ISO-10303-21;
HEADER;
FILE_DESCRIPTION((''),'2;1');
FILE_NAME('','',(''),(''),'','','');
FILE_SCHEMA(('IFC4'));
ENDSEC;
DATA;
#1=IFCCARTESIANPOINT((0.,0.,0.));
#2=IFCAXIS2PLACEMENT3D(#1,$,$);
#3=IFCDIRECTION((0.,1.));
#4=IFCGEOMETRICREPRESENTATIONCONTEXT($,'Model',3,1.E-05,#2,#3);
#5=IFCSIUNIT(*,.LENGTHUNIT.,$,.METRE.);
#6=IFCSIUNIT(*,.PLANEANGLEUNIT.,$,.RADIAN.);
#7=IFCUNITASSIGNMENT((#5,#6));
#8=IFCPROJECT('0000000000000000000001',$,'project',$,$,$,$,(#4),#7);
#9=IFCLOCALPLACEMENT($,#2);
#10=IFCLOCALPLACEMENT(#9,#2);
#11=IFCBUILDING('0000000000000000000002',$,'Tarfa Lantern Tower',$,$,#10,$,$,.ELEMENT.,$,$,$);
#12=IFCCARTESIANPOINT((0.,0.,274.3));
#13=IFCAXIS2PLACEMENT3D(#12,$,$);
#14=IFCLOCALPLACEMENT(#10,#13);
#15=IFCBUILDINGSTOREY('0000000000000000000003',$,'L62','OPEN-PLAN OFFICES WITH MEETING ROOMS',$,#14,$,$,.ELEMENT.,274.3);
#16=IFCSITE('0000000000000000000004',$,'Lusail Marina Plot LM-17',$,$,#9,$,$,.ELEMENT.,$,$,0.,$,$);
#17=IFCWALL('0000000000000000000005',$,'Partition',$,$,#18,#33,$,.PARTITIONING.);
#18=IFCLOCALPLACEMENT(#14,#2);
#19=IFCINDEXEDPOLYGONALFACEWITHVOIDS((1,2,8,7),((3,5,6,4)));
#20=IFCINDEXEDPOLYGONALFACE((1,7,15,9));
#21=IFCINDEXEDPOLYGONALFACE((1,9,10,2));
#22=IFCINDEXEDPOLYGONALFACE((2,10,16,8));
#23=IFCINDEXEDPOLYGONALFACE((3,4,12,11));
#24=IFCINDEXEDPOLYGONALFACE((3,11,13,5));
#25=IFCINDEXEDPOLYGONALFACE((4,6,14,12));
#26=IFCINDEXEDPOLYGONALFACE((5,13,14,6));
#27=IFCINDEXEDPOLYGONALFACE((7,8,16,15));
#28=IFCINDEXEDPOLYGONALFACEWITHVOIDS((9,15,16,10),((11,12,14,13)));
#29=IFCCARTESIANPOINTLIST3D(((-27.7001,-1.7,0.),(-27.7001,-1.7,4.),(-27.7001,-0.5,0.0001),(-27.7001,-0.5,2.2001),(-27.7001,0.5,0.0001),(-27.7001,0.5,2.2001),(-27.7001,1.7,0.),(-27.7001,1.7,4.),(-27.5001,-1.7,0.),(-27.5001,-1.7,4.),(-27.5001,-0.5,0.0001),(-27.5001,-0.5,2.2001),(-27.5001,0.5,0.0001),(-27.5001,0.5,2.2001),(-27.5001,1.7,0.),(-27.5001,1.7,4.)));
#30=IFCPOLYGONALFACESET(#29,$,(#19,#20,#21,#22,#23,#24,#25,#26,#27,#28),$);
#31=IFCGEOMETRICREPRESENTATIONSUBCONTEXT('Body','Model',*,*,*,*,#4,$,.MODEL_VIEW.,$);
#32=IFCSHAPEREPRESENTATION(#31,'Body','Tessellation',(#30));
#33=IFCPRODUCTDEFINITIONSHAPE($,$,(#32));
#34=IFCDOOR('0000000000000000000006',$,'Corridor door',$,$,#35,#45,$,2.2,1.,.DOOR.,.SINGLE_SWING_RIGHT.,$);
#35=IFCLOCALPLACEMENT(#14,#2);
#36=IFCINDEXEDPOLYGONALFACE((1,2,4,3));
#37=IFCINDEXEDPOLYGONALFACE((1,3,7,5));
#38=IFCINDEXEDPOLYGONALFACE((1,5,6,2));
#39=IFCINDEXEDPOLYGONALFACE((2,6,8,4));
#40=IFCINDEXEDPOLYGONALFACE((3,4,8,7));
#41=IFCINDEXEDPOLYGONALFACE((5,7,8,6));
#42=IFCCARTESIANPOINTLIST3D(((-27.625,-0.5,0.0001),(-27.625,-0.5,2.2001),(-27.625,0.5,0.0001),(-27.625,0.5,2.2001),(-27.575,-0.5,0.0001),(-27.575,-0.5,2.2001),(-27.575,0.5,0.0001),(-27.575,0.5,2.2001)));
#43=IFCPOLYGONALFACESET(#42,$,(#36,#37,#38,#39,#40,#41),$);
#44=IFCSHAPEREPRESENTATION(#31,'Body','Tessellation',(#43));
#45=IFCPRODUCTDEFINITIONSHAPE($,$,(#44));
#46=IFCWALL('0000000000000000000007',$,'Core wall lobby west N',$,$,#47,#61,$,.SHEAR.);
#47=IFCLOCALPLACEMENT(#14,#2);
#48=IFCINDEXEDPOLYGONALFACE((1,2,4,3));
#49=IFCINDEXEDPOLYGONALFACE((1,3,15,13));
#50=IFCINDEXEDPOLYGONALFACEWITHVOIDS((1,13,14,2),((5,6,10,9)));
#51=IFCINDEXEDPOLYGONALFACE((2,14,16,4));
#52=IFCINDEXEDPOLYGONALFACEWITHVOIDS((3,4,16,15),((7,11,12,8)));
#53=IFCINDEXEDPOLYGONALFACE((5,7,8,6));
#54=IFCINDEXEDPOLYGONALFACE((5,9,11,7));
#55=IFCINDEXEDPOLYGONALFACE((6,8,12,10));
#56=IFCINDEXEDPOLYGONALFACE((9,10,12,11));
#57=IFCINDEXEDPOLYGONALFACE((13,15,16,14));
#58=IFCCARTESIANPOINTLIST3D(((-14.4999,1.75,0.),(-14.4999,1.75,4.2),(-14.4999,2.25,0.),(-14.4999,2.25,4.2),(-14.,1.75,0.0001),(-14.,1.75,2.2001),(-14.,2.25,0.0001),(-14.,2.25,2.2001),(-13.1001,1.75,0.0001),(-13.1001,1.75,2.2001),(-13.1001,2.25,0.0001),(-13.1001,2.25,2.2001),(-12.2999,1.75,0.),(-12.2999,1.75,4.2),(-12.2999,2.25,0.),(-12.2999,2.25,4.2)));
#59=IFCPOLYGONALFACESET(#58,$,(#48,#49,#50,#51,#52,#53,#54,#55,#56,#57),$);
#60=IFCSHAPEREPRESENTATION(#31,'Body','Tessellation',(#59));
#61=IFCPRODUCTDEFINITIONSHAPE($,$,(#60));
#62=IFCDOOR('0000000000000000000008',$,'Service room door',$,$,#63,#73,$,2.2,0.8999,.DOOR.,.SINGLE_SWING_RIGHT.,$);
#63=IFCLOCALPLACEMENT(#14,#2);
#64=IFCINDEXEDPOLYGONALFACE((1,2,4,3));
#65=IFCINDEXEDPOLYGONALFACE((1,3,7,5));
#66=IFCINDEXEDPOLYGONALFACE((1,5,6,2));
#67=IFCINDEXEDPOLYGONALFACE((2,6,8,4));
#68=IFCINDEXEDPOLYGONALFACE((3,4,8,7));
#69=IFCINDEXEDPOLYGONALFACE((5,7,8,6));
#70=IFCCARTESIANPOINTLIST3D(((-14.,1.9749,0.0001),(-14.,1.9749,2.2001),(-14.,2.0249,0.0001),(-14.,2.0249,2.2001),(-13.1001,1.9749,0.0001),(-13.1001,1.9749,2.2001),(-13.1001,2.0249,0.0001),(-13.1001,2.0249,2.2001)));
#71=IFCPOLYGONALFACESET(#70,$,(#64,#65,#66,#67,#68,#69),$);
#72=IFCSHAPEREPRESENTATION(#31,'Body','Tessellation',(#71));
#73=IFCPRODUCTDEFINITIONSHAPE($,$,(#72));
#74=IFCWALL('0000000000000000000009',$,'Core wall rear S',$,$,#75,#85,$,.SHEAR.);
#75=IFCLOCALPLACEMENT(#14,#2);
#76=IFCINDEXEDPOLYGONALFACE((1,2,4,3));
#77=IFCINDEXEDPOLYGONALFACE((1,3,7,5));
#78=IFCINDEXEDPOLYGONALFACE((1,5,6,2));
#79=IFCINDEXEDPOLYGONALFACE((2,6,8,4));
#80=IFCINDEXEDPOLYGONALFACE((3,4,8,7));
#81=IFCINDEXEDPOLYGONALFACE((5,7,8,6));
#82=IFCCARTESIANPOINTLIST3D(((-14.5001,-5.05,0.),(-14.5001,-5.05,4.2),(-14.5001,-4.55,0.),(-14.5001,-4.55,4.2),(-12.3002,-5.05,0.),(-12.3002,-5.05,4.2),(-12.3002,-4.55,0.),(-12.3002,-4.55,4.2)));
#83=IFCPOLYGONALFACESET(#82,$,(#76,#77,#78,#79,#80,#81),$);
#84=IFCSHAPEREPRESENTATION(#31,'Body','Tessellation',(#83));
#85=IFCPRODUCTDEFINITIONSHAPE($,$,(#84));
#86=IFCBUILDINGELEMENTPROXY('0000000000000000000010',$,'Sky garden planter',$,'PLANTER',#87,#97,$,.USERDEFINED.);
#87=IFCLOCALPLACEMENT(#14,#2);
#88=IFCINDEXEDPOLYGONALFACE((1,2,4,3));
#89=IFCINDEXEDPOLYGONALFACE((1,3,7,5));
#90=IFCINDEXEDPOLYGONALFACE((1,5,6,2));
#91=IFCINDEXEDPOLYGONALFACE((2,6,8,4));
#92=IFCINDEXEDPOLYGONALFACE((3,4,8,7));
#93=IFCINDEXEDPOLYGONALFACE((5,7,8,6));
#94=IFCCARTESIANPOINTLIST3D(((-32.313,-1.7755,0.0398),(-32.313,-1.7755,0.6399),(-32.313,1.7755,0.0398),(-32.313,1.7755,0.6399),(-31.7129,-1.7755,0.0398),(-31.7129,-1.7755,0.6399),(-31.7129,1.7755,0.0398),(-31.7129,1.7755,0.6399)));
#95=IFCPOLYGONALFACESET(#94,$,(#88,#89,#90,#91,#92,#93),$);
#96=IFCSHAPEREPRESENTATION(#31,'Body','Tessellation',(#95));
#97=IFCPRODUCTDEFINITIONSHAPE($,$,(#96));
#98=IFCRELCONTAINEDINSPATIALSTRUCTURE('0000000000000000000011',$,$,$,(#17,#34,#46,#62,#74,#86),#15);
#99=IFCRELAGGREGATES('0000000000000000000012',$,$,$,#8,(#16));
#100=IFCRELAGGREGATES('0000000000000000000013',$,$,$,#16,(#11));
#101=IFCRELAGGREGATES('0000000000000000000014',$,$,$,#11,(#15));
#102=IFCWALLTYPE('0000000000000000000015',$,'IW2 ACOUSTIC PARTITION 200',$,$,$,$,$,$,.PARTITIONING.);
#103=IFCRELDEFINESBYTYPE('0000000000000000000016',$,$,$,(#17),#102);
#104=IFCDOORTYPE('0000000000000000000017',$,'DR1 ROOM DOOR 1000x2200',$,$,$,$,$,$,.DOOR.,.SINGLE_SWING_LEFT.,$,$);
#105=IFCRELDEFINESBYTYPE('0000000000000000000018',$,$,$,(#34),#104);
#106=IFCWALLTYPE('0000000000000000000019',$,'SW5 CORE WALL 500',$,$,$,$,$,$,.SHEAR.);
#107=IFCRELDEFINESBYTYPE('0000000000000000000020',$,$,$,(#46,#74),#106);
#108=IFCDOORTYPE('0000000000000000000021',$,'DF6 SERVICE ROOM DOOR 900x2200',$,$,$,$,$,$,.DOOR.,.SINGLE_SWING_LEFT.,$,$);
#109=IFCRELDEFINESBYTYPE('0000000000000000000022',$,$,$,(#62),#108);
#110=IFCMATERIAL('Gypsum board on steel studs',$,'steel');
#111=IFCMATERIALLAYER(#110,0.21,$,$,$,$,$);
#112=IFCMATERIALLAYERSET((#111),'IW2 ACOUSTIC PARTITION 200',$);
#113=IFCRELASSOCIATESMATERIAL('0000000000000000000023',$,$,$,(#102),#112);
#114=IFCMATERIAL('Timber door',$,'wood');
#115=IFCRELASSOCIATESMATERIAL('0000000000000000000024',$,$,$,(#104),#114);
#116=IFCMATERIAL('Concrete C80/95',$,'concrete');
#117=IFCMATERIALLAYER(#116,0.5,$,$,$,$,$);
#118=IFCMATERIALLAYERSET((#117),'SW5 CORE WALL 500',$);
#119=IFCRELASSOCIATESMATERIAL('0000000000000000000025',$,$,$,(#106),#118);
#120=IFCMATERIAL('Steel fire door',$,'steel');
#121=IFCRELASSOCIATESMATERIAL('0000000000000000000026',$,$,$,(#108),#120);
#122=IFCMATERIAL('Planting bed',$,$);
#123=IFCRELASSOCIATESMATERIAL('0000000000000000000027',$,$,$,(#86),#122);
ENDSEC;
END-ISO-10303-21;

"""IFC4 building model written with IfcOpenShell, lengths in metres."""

from ifc_helpers import new_model, si_unit, direction, frame, frame_2d, origin, origin_2d, place, context, subcontext, project, spatial, rectangle, extrude, material, layer, layer_set, type_object, element, fill, save


model = new_model("IFC4")

# Units and contexts
model_context = context("Model", 3, precision=1e-05, world=origin(), true_north=direction((0.0, 1.0)))
body_context = subcontext(model_context, "Body", "Model", "MODEL_VIEW")
ifc_project = project(units=[si_unit("LENGTHUNIT", "METRE"), si_unit("PLANEANGLEUNIT", "RADIAN")], contexts=[model_context])

# Site, building, storey
site_placement = place(None, origin())
site = spatial("IfcSite", under=ifc_project, at=site_placement, Name="Lusail Marina Plot LM-17", CompositionType="ELEMENT", RefElevation=0.0)
building_placement = place(site_placement, origin())
building = spatial("IfcBuilding", under=site, at=building_placement, Name="Tarfa Lantern Tower", CompositionType="ELEMENT")
storey_placement = place(building_placement, frame((0.0, 0.0, 274.3)))
storey = spatial("IfcBuildingStorey", under=building, at=storey_placement, Name="L62", Description="OPEN-PLAN OFFICES WITH MEETING ROOMS", CompositionType="ELEMENT", Elevation=274.3)

# Shared definitions
ifc_material_1 = material(Name="Concrete C80/95", Category="concrete")

# Walls, openings, doors
ifc_material_2 = material(Name="Gypsum board on steel studs", Category="steel")
ifc_layer_1 = layer(ifc_material_2, 0.21)
ifc_layer_set_1 = layer_set([ifc_layer_1], Name="IW2 ACOUSTIC PARTITION 200")
wall_type_1 = type_object("IfcWallType", Name="IW2 ACOUSTIC PARTITION 200", PredefinedType="PARTITIONING", material=ifc_layer_set_1)
ifc_material_3 = material(Name="Timber door", Category="wood")
door_type_1 = type_object("IfcDoorType", Name="DR1 ROOM DOOR 1000x2200", OperationType="SINGLE_SWING_LEFT", PredefinedType="DOOR", material=ifc_material_3)
wall_1_placement = place(storey_placement, frame((-27.6001, -1.7, 0.0), z_axis=(0.0, 0.0, 1.0), x_axis=(0.0, 1.0, 0.0)))
wall_1 = element("IfcWall", 1, at=wall_1_placement, inside=storey, type_object=wall_type_1, Name="Partition", PredefinedType="PARTITIONING", context=body_context, shape_type="SweptSolid", body=[
    extrude(rectangle(XDim=3.3999, YDim=0.2, at=frame_2d((1.7, 0.0))), origin(), (0.0, 0.0, 1.0), 4.0),
])
opening_1_placement = place(wall_1_placement, frame((1.2, 0.0, 0.0)))
opening_1 = element("IfcOpeningElement", 2, at=opening_1_placement, cuts=wall_1, PredefinedType="OPENING", context=body_context, shape_type="SweptSolid", body=[
    extrude(rectangle(XDim=1.0, YDim=2.2, at=frame_2d((0.5, 1.1001))), frame((0.0, 0.1099, 0.0), z_axis=(0.0, -1.0, 0.0), x_axis=(1.0, 0.0, 0.0)), (0.0, 0.0, 1.0), 0.22),
])
door_1_placement = place(opening_1_placement, origin())
door_1 = element("IfcDoor", 3, at=door_1_placement, inside=storey, type_object=door_type_1, Name="Corridor door", OperationType="SINGLE_SWING_RIGHT", OverallHeight=2.2, OverallWidth=1.0, PredefinedType="DOOR", context=body_context, shape_type="SweptSolid", body=[
    extrude(rectangle(XDim=1.0, YDim=2.2, at=frame_2d((0.5, 1.1001))), frame((0.0, 0.0249, 0.0), z_axis=(0.0, -1.0, 0.0), x_axis=(1.0, 0.0, 0.0)), (0.0, 0.0, 1.0), 0.05),
])
fill(opening_1, door_1)
ifc_layer_2 = layer(ifc_material_1, 0.5)
ifc_layer_set_2 = layer_set([ifc_layer_2], Name="SW5 CORE WALL 500")
wall_type_2 = type_object("IfcWallType", Name="SW5 CORE WALL 500", PredefinedType="SHEAR", material=ifc_layer_set_2)
wall_2_placement = place(storey_placement, frame((-14.5, 2.0, 0.0), z_axis=(0.0, 0.0, 1.0), x_axis=(1.0, 0.0, 0.0)))
wall_2 = element("IfcWall", 4, at=wall_2_placement, inside=storey, type_object=wall_type_2, Name="Core wall lobby west N", PredefinedType="SHEAR", context=body_context, shape_type="SweptSolid", body=[
    extrude(rectangle(XDim=2.2, YDim=0.5, at=frame_2d((1.1001, 0.0))), origin(), (0.0, 0.0, 1.0), 4.2),
])
opening_2_placement = place(wall_2_placement, frame((0.5, 0.0, 0.0)))
opening_2 = element("IfcOpeningElement", 5, at=opening_2_placement, cuts=wall_2, PredefinedType="OPENING", context=body_context, shape_type="SweptSolid", body=[
    extrude(rectangle(XDim=0.8999, YDim=2.2, at=frame_2d((0.45, 1.1001))), frame((0.0, 0.26, 0.0), z_axis=(0.0, -1.0, 0.0), x_axis=(1.0, 0.0, 0.0)), (0.0, 0.0, 1.0), 0.52),
])
ifc_material_4 = material(Name="Steel fire door", Category="steel")
door_type_2 = type_object("IfcDoorType", Name="DF6 SERVICE ROOM DOOR 900x2200", OperationType="SINGLE_SWING_LEFT", PredefinedType="DOOR", material=ifc_material_4)
door_2_placement = place(opening_2_placement, origin())
door_2 = element("IfcDoor", 6, at=door_2_placement, inside=storey, type_object=door_type_2, Name="Service room door", OperationType="SINGLE_SWING_RIGHT", OverallHeight=2.2, OverallWidth=0.8999, PredefinedType="DOOR", context=body_context, shape_type="SweptSolid", body=[
    extrude(rectangle(XDim=0.8999, YDim=2.2, at=frame_2d((0.45, 1.1001))), frame((0.0, 0.0249, 0.0), z_axis=(0.0, -1.0, 0.0), x_axis=(1.0, 0.0, 0.0)), (0.0, 0.0, 1.0), 0.05),
])
fill(opening_2, door_2)

# Wall
wall_3_placement = place(storey_placement, frame((-12.3, -4.8, 0.0), z_axis=(0.0, 0.0, 1.0), x_axis=(-1.0, 0.0, 0.0)))
element("IfcWall", 7, at=wall_3_placement, inside=storey, type_object=wall_type_2, Name="Core wall rear S", PredefinedType="SHEAR", context=body_context, shape_type="SweptSolid", body=[
    extrude(rectangle(XDim=2.2, YDim=0.5, at=frame_2d((1.1001, 0.0))), origin(), (0.0, 0.0, 1.0), 4.2),
])

# Building element proxy
ifc_material_5 = material(Name="Planting bed")
proxy_placement = place(storey_placement, frame((-32.0129, 0.0, 0.0398), z_axis=(0.0, 0.0, 1.0), x_axis=(0.0, -1.0, 0.0)))
element("IfcBuildingElementProxy", 8, at=proxy_placement, inside=storey, material=ifc_material_5, Name="Sky garden planter", ObjectType="PLANTER", PredefinedType="USERDEFINED", context=body_context, shape_type="SweptSolid", body=[
    extrude(rectangle(XDim=3.551, YDim=0.6001, at=origin_2d()), origin(), (0.0, 0.0, 1.0), 0.6001),
])

save(model, "model.ifc")
